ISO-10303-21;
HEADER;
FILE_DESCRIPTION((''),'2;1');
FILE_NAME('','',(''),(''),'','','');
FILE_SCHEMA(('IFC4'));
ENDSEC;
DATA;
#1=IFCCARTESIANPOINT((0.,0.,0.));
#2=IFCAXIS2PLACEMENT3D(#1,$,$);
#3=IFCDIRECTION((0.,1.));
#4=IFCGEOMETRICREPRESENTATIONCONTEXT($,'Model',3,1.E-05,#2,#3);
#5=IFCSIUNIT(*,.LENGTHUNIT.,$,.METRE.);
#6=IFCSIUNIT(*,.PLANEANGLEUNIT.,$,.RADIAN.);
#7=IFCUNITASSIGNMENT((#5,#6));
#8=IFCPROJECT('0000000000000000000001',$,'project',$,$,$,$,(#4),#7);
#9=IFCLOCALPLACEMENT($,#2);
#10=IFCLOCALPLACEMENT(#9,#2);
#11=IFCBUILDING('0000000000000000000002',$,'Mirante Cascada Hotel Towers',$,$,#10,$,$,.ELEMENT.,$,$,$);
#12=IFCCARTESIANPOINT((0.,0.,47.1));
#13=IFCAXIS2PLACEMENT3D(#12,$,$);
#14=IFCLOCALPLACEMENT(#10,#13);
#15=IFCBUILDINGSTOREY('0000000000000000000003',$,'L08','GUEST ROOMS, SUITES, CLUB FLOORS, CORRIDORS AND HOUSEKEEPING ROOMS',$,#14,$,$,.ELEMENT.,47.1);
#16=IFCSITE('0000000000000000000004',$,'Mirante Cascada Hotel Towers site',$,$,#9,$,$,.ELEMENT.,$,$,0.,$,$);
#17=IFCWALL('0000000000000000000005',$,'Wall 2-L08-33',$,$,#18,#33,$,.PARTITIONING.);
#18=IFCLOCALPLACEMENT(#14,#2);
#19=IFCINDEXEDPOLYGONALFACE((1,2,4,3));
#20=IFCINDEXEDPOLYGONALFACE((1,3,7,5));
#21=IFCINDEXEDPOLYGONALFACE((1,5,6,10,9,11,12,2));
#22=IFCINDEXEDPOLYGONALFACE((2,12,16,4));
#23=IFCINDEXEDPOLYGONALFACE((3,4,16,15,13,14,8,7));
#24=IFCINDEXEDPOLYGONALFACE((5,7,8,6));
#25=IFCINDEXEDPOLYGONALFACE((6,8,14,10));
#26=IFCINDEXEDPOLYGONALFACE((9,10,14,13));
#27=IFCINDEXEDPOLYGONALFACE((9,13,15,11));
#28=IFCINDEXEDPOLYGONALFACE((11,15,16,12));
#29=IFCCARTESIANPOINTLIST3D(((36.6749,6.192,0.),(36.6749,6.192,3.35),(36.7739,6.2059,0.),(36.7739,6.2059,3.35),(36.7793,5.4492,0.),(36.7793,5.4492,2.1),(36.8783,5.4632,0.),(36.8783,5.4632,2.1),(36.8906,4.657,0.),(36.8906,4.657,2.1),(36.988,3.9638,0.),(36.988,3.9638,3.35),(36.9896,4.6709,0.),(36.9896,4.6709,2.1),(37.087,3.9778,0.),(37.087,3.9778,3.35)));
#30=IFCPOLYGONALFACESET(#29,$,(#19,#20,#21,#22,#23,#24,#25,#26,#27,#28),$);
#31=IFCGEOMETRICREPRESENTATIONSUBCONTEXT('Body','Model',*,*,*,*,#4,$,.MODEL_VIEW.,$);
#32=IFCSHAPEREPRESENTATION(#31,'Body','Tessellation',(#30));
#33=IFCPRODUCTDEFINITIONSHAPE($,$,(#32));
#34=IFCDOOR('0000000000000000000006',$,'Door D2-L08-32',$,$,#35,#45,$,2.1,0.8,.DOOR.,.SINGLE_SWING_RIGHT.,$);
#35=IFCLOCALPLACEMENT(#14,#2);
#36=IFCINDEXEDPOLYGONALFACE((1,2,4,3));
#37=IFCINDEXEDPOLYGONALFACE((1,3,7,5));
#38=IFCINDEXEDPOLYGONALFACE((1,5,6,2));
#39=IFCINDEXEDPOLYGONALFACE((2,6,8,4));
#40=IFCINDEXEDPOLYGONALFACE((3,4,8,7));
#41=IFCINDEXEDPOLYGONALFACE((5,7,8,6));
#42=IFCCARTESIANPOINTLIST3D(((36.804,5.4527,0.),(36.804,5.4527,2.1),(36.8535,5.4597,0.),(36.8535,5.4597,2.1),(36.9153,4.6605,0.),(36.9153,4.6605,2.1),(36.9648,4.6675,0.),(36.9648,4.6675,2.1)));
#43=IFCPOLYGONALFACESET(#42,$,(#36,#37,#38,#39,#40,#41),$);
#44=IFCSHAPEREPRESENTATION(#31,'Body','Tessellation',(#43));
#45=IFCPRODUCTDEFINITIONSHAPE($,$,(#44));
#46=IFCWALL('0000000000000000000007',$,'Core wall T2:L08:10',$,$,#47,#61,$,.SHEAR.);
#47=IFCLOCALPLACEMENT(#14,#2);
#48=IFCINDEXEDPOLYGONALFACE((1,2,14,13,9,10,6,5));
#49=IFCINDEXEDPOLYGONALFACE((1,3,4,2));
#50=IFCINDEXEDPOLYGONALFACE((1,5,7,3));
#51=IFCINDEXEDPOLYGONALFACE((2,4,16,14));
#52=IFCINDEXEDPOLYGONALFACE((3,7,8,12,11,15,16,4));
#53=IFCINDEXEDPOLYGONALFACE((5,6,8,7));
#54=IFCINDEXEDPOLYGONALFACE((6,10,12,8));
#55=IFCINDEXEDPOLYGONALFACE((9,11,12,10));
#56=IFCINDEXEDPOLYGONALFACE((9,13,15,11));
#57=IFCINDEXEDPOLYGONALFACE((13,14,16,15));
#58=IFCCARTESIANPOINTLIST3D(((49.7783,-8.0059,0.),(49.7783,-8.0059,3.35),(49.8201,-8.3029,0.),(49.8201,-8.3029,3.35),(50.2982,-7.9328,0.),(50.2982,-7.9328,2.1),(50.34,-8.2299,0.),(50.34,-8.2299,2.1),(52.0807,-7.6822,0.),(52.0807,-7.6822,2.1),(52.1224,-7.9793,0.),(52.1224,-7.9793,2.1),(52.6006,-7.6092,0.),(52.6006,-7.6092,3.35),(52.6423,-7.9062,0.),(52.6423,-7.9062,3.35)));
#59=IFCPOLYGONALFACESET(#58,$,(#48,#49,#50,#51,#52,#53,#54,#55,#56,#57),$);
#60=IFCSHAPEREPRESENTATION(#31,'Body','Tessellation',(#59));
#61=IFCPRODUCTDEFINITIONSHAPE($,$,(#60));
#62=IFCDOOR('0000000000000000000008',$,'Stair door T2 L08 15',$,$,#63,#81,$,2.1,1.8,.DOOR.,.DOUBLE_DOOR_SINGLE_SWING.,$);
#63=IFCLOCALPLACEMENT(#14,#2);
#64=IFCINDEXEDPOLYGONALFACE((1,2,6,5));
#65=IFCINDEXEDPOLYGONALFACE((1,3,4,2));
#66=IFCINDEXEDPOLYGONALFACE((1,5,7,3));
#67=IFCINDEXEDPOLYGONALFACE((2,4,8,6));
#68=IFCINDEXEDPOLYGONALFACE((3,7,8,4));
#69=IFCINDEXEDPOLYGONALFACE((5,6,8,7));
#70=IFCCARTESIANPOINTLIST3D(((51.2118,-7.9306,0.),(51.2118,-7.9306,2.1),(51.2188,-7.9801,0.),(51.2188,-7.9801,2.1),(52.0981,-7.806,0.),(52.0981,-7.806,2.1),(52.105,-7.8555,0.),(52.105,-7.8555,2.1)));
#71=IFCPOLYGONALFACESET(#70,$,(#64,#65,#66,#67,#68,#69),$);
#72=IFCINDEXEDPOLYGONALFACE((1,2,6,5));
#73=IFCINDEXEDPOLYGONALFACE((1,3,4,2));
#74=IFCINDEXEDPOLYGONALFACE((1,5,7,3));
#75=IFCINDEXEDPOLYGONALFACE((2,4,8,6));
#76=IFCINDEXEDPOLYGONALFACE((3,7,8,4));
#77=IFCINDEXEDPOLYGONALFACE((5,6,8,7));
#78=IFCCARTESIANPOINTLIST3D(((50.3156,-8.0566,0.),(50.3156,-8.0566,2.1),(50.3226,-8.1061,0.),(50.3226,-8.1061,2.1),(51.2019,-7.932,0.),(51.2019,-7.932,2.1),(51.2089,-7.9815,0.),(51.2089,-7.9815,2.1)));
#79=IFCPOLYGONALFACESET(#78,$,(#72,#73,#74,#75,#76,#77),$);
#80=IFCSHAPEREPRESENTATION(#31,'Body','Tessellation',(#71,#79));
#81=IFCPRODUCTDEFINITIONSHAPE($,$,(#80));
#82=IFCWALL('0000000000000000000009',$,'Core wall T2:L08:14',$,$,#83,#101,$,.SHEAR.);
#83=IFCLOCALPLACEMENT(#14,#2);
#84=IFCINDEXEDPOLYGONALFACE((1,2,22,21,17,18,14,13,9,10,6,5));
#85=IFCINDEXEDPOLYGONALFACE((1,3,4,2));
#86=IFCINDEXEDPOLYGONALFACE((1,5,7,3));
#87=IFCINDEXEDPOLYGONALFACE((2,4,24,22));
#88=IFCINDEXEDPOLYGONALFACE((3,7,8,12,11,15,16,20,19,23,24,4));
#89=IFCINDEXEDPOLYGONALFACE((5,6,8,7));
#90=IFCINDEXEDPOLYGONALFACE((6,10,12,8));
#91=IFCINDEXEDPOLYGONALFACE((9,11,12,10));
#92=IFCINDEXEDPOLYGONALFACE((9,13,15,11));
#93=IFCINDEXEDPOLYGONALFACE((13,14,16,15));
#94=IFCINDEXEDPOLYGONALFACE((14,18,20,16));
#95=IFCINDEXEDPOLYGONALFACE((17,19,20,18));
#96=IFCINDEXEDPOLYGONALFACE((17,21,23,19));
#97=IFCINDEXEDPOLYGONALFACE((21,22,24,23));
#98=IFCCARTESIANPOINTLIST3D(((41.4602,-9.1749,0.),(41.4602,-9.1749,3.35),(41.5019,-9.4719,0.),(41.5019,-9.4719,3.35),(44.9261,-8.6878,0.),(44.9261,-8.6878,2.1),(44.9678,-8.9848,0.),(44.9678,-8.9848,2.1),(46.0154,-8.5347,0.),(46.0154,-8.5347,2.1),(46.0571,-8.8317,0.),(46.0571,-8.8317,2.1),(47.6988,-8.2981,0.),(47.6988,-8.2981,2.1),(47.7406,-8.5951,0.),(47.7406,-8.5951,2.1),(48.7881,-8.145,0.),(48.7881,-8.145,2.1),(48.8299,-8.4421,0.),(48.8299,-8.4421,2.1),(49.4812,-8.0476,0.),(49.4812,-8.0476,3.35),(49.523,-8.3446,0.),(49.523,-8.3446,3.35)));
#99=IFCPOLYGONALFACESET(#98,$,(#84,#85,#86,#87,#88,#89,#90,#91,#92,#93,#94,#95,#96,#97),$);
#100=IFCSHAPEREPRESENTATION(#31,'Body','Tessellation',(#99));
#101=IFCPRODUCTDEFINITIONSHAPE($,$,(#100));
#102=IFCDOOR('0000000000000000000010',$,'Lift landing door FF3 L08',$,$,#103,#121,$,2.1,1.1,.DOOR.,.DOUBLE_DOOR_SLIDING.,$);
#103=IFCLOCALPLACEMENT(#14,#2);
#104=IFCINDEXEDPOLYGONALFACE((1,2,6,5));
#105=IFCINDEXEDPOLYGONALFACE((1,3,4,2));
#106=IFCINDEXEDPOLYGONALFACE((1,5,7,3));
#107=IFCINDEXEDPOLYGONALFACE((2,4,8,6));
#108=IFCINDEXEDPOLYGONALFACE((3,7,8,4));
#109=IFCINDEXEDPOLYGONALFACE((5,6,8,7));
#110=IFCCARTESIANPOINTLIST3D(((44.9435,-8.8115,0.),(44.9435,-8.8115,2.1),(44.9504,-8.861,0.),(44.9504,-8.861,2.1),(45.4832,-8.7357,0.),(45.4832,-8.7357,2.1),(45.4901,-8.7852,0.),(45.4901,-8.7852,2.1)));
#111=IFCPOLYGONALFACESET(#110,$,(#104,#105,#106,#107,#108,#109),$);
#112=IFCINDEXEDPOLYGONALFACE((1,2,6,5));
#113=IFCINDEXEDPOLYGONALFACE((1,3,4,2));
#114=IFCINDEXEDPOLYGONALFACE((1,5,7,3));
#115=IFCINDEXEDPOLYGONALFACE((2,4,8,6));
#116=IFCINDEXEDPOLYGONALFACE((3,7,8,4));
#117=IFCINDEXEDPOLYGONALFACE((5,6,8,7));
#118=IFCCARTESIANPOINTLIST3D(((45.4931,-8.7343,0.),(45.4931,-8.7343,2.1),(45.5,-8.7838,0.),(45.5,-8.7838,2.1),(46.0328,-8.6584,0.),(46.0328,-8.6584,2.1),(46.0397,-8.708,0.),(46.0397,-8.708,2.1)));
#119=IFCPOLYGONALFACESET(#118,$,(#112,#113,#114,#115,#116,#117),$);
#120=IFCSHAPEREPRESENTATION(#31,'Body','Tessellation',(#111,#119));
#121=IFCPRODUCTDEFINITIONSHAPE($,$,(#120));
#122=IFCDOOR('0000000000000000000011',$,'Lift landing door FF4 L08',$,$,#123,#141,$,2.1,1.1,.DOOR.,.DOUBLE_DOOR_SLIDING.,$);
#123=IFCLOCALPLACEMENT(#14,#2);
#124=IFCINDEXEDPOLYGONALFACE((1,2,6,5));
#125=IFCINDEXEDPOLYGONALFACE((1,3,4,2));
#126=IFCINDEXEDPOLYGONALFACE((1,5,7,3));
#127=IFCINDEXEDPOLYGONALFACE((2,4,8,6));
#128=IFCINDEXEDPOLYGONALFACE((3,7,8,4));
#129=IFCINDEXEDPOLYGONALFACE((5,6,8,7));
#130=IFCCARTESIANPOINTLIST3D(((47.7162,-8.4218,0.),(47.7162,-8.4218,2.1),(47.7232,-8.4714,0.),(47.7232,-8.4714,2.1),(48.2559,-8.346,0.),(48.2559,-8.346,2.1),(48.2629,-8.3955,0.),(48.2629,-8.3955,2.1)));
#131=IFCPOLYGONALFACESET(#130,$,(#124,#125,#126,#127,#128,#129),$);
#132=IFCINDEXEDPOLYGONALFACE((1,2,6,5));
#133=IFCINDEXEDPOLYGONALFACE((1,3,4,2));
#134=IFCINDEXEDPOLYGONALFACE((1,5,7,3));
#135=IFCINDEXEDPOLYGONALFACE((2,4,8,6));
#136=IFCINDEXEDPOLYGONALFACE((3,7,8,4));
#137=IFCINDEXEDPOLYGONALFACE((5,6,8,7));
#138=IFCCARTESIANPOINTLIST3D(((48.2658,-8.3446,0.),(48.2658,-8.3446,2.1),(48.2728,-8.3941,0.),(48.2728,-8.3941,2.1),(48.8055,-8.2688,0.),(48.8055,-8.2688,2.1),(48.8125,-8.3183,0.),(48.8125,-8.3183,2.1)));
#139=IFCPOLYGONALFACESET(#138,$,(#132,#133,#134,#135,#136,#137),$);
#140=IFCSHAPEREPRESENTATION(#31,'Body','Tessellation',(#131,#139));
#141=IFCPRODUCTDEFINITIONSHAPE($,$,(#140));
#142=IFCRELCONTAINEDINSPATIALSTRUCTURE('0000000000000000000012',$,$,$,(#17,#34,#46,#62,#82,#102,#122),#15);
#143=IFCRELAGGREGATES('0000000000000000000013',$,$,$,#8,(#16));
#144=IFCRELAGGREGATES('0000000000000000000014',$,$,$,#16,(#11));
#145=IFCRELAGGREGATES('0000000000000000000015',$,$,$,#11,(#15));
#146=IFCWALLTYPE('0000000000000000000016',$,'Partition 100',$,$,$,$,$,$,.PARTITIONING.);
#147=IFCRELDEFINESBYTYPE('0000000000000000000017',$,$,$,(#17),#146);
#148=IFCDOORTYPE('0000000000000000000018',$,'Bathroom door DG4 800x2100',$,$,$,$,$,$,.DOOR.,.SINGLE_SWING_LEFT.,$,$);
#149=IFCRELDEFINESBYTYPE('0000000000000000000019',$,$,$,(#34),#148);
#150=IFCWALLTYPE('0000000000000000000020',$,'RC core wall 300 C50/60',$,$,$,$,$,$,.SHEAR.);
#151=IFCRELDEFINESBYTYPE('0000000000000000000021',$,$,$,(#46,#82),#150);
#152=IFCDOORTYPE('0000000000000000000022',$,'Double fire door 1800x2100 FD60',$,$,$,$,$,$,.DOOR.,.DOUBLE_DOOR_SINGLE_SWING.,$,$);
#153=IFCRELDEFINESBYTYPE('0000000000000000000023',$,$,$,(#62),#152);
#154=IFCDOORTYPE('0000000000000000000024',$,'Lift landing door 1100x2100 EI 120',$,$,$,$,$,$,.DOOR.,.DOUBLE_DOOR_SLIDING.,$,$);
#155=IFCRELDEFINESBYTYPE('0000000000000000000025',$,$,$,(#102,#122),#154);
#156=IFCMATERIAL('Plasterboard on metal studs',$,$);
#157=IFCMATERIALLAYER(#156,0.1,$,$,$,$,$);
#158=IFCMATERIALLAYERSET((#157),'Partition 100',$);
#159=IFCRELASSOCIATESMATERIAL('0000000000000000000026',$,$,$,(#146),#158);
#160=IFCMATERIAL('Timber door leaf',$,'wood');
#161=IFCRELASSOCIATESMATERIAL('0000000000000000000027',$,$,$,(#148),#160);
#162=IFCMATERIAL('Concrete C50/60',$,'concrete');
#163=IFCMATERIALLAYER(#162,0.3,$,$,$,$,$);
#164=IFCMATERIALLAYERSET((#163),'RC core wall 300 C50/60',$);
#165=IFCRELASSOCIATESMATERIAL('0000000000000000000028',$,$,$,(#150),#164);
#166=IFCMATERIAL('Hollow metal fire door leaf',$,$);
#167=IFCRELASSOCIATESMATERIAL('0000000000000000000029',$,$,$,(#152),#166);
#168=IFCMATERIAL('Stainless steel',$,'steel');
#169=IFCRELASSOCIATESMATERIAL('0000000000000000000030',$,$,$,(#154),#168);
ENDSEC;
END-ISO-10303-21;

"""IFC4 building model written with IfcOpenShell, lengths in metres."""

from ifc_helpers import new_model, si_unit, direction, frame, frame_2d, origin, place, context, subcontext, project, spatial, rectangle, extrude, material, layer, layer_set, type_object, element, fill, save


model = new_model("IFC4")

# Units and contexts
model_context = context("Model", 3, precision=1e-05, world=origin(), true_north=direction((0.0, 1.0)))
body_context = subcontext(model_context, "Body", "Model", "MODEL_VIEW")
ifc_project = project(units=[si_unit("LENGTHUNIT", "METRE"), si_unit("PLANEANGLEUNIT", "RADIAN")], contexts=[model_context])

# Site, building, storey
site_placement = place(None, origin())
site = spatial("IfcSite", under=ifc_project, at=site_placement, Name="Mirante Cascada Hotel Towers site", CompositionType="ELEMENT", RefElevation=0.0)
building_placement = place(site_placement, origin())
building = spatial("IfcBuilding", under=site, at=building_placement, Name="Mirante Cascada Hotel Towers", CompositionType="ELEMENT")
storey_placement = place(building_placement, frame((0.0, 0.0, 47.1)))
storey = spatial("IfcBuildingStorey", under=building, at=storey_placement, Name="L08", Description="GUEST ROOMS, SUITES, CLUB FLOORS, CORRIDORS AND HOUSEKEEPING ROOMS", CompositionType="ELEMENT", Elevation=47.1)

# Shared definitions
ifc_material_1 = material(Name="Plasterboard on metal studs")
ifc_layer_1 = layer(ifc_material_1, 0.1)
ifc_layer_set_1 = layer_set([ifc_layer_1], Name="Partition 100")
wall_type_1 = type_object("IfcWallType", Name="Partition 100", PredefinedType="PARTITIONING", material=ifc_layer_set_1)

# Walls, openings, doors
ifc_material_2 = material(Name="Timber door leaf", Category="wood")
door_type_1 = type_object("IfcDoorType", Name="Bathroom door DG4 800x2100", OperationType="SINGLE_SWING_LEFT", PredefinedType="DOOR", material=ifc_material_2)
wall_1_placement = place(storey_placement, frame((37.0375, 3.9708, 0.0), z_axis=(0.0, 0.0, 1.0), x_axis=(-0.139156, 0.990271, 0.0)))
wall_1 = element("IfcWall", 1, at=wall_1_placement, inside=storey, type_object=wall_type_1, Name="Wall 2-L08-33", PredefinedType="PARTITIONING", context=body_context, shape_type="SweptSolid", body=[
    extrude(rectangle(XDim=2.25, YDim=0.1, at=frame_2d((1.125, 0.0))), origin(), (0.0, 0.0, 1.0), 3.35),
])
opening_1_placement = place(wall_1_placement, frame((0.7, 0.0, 0.0)))
opening_1 = element("IfcOpeningElement", 2, at=opening_1_placement, cuts=wall_1, PredefinedType="OPENING", context=body_context, shape_type="SweptSolid", body=[
    extrude(rectangle(XDim=0.8, YDim=2.1, at=frame_2d((0.4, 1.05))), frame((0.0, 0.05, 0.0), z_axis=(0.0, -1.0, 0.0), x_axis=(1.0, 0.0, 0.0)), (0.0, 0.0, 1.0), 0.1),
])
door_1_placement = place(opening_1_placement, frame((0.8, 0.0, 0.0), z_axis=(0.0, 0.0, 1.0), x_axis=(-1.0, 0.0, 0.0)))
door_1 = element("IfcDoor", 3, at=door_1_placement, inside=storey, type_object=door_type_1, Name="Door D2-L08-32", OperationType="SINGLE_SWING_RIGHT", OverallHeight=2.1, OverallWidth=0.8, PredefinedType="DOOR", context=body_context, shape_type="SweptSolid", body=[
    extrude(rectangle(XDim=0.8, YDim=2.1, at=frame_2d((0.4, 1.05))), frame((0.0, 0.025, 0.0), z_axis=(0.0, -1.0, 0.0), x_axis=(1.0, 0.0, 0.0)), (0.0, 0.0, 1.0), 0.05),
])
fill(opening_1, door_1)
ifc_material_3 = material(Name="Concrete C50/60", Category="concrete")
ifc_layer_2 = layer(ifc_material_3, 0.3)
ifc_layer_set_2 = layer_set([ifc_layer_2], Name="RC core wall 300 C50/60")
wall_type_2 = type_object("IfcWallType", Name="RC core wall 300 C50/60", PredefinedType="SHEAR", material=ifc_layer_set_2)
wall_2_placement = place(storey_placement, frame((49.7992, -8.1544, 0.0), z_axis=(0.0, 0.0, 1.0), x_axis=(0.990266, 0.139191, 0.0)))
wall_2 = element("IfcWall", 4, at=wall_2_placement, inside=storey, type_object=wall_type_2, Name="Core wall T2:L08:10", PredefinedType="SHEAR", context=body_context, shape_type="SweptSolid", body=[
    extrude(rectangle(XDim=2.85, YDim=0.3, at=frame_2d((1.425, 0.0))), origin(), (0.0, 0.0, 1.0), 3.35),
])
opening_2_placement = place(wall_2_placement, frame((0.525, 0.0, 0.0)))
opening_2 = element("IfcOpeningElement", 5, at=opening_2_placement, cuts=wall_2, PredefinedType="OPENING", context=body_context, shape_type="SweptSolid", body=[
    extrude(rectangle(XDim=1.8, YDim=2.1, at=frame_2d((0.9, 1.05))), frame((0.0, 0.15, 0.0), z_axis=(0.0, -1.0, 0.0), x_axis=(1.0, 0.0, 0.0)), (0.0, 0.0, 1.0), 0.3),
])
ifc_material_4 = material(Name="Hollow metal fire door leaf")
door_type_2 = type_object("IfcDoorType", Name="Double fire door 1800x2100 FD60", OperationType="DOUBLE_DOOR_SINGLE_SWING", PredefinedType="DOOR", material=ifc_material_4)
door_2_placement = place(opening_2_placement, frame((1.8, 0.0, 0.0), z_axis=(0.0, 0.0, 1.0), x_axis=(-1.0, 0.0, 0.0)))
door_2 = element("IfcDoor", 6, at=door_2_placement, inside=storey, type_object=door_type_2, Name="Stair door T2 L08 15", OperationType="DOUBLE_DOOR_SINGLE_SWING", OverallHeight=2.1, OverallWidth=1.8, PredefinedType="DOOR", context=body_context, shape_type="SweptSolid", body=[
    extrude(rectangle(XDim=0.895, YDim=2.1, at=frame_2d((0.4475, 1.05))), frame((0.0, 0.025, 0.0), z_axis=(0.0, -1.0, 0.0), x_axis=(1.0, 0.0, 0.0)), (0.0, 0.0, 1.0), 0.05),
    extrude(rectangle(XDim=0.895, YDim=2.1, at=frame_2d((1.3525, 1.05))), frame((0.0, 0.025, 0.0), z_axis=(0.0, -1.0, 0.0), x_axis=(1.0, 0.0, 0.0)), (0.0, 0.0, 1.0), 0.05),
])
fill(opening_2, door_2)

# Wall, openings, doors
wall_3_placement = place(storey_placement, frame((41.481, -9.3234, 0.0), z_axis=(0.0, 0.0, 1.0), x_axis=(0.990268, 0.139174, 0.0)))
wall_3 = element("IfcWall", 7, at=wall_3_placement, inside=storey, type_object=wall_type_2, Name="Core wall T2:L08:14", PredefinedType="SHEAR", context=body_context, shape_type="SweptSolid", body=[
    extrude(rectangle(XDim=8.0999, YDim=0.3, at=frame_2d((4.05, 0.0))), origin(), (0.0, 0.0, 1.0), 3.35),
])
opening_3_placement = place(wall_3_placement, frame((3.5, 0.0, 0.0)))
opening_3 = element("IfcOpeningElement", 8, at=opening_3_placement, cuts=wall_3, PredefinedType="OPENING", context=body_context, shape_type="SweptSolid", body=[
    extrude(rectangle(XDim=1.1, YDim=2.1, at=frame_2d((0.55, 1.05))), frame((0.0, 0.15, 0.0), z_axis=(0.0, -1.0, 0.0), x_axis=(1.0, 0.0, 0.0)), (0.0, 0.0, 1.0), 0.3),
])
opening_4_placement = place(wall_3_placement, frame((6.3, 0.0, 0.0)))
opening_4 = element("IfcOpeningElement", 9, at=opening_4_placement, cuts=wall_3, PredefinedType="OPENING", context=body_context, shape_type="SweptSolid", body=[
    extrude(rectangle(XDim=1.1, YDim=2.1, at=frame_2d((0.55, 1.05))), frame((0.0, 0.15, 0.0), z_axis=(0.0, -1.0, 0.0), x_axis=(1.0, 0.0, 0.0)), (0.0, 0.0, 1.0), 0.3),
])
ifc_material_5 = material(Name="Stainless steel", Category="steel")
door_type_3 = type_object("IfcDoorType", Name="Lift landing door 1100x2100 EI 120", OperationType="DOUBLE_DOOR_SLIDING", PredefinedType="DOOR", material=ifc_material_5)
door_3_placement = place(opening_3_placement, origin())
door_3 = element("IfcDoor", 10, at=door_3_placement, inside=storey, type_object=door_type_3, Name="Lift landing door FF3 L08", OperationType="DOUBLE_DOOR_SLIDING", OverallHeight=2.1, OverallWidth=1.1, PredefinedType="DOOR", context=body_context, shape_type="SweptSolid", body=[
    extrude(rectangle(XDim=0.545, YDim=2.1, at=frame_2d((0.2725, 1.05))), frame((0.0, 0.025, 0.0), z_axis=(0.0, -1.0, 0.0), x_axis=(1.0, 0.0, 0.0)), (0.0, 0.0, 1.0), 0.05),
    extrude(rectangle(XDim=0.545, YDim=2.1, at=frame_2d((0.8275, 1.05))), frame((0.0, 0.025, 0.0), z_axis=(0.0, -1.0, 0.0), x_axis=(1.0, 0.0, 0.0)), (0.0, 0.0, 1.0), 0.05),
])
fill(opening_3, door_3)
door_4_placement = place(opening_4_placement, origin())
door_4 = element("IfcDoor", 11, at=door_4_placement, inside=storey, type_object=door_type_3, Name="Lift landing door FF4 L08", OperationType="DOUBLE_DOOR_SLIDING", OverallHeight=2.1, OverallWidth=1.1, PredefinedType="DOOR", context=body_context, shape_type="SweptSolid", body=[
    extrude(rectangle(XDim=0.545, YDim=2.1, at=frame_2d((0.2725, 1.05))), frame((0.0, 0.025, 0.0), z_axis=(0.0, -1.0, 0.0), x_axis=(1.0, 0.0, 0.0)), (0.0, 0.0, 1.0), 0.05),
    extrude(rectangle(XDim=0.545, YDim=2.1, at=frame_2d((0.8275, 1.05))), frame((0.0, 0.025, 0.0), z_axis=(0.0, -1.0, 0.0), x_axis=(1.0, 0.0, 0.0)), (0.0, 0.0, 1.0), 0.05),
])
fill(opening_4, door_4)

save(model, "model.ifc")
